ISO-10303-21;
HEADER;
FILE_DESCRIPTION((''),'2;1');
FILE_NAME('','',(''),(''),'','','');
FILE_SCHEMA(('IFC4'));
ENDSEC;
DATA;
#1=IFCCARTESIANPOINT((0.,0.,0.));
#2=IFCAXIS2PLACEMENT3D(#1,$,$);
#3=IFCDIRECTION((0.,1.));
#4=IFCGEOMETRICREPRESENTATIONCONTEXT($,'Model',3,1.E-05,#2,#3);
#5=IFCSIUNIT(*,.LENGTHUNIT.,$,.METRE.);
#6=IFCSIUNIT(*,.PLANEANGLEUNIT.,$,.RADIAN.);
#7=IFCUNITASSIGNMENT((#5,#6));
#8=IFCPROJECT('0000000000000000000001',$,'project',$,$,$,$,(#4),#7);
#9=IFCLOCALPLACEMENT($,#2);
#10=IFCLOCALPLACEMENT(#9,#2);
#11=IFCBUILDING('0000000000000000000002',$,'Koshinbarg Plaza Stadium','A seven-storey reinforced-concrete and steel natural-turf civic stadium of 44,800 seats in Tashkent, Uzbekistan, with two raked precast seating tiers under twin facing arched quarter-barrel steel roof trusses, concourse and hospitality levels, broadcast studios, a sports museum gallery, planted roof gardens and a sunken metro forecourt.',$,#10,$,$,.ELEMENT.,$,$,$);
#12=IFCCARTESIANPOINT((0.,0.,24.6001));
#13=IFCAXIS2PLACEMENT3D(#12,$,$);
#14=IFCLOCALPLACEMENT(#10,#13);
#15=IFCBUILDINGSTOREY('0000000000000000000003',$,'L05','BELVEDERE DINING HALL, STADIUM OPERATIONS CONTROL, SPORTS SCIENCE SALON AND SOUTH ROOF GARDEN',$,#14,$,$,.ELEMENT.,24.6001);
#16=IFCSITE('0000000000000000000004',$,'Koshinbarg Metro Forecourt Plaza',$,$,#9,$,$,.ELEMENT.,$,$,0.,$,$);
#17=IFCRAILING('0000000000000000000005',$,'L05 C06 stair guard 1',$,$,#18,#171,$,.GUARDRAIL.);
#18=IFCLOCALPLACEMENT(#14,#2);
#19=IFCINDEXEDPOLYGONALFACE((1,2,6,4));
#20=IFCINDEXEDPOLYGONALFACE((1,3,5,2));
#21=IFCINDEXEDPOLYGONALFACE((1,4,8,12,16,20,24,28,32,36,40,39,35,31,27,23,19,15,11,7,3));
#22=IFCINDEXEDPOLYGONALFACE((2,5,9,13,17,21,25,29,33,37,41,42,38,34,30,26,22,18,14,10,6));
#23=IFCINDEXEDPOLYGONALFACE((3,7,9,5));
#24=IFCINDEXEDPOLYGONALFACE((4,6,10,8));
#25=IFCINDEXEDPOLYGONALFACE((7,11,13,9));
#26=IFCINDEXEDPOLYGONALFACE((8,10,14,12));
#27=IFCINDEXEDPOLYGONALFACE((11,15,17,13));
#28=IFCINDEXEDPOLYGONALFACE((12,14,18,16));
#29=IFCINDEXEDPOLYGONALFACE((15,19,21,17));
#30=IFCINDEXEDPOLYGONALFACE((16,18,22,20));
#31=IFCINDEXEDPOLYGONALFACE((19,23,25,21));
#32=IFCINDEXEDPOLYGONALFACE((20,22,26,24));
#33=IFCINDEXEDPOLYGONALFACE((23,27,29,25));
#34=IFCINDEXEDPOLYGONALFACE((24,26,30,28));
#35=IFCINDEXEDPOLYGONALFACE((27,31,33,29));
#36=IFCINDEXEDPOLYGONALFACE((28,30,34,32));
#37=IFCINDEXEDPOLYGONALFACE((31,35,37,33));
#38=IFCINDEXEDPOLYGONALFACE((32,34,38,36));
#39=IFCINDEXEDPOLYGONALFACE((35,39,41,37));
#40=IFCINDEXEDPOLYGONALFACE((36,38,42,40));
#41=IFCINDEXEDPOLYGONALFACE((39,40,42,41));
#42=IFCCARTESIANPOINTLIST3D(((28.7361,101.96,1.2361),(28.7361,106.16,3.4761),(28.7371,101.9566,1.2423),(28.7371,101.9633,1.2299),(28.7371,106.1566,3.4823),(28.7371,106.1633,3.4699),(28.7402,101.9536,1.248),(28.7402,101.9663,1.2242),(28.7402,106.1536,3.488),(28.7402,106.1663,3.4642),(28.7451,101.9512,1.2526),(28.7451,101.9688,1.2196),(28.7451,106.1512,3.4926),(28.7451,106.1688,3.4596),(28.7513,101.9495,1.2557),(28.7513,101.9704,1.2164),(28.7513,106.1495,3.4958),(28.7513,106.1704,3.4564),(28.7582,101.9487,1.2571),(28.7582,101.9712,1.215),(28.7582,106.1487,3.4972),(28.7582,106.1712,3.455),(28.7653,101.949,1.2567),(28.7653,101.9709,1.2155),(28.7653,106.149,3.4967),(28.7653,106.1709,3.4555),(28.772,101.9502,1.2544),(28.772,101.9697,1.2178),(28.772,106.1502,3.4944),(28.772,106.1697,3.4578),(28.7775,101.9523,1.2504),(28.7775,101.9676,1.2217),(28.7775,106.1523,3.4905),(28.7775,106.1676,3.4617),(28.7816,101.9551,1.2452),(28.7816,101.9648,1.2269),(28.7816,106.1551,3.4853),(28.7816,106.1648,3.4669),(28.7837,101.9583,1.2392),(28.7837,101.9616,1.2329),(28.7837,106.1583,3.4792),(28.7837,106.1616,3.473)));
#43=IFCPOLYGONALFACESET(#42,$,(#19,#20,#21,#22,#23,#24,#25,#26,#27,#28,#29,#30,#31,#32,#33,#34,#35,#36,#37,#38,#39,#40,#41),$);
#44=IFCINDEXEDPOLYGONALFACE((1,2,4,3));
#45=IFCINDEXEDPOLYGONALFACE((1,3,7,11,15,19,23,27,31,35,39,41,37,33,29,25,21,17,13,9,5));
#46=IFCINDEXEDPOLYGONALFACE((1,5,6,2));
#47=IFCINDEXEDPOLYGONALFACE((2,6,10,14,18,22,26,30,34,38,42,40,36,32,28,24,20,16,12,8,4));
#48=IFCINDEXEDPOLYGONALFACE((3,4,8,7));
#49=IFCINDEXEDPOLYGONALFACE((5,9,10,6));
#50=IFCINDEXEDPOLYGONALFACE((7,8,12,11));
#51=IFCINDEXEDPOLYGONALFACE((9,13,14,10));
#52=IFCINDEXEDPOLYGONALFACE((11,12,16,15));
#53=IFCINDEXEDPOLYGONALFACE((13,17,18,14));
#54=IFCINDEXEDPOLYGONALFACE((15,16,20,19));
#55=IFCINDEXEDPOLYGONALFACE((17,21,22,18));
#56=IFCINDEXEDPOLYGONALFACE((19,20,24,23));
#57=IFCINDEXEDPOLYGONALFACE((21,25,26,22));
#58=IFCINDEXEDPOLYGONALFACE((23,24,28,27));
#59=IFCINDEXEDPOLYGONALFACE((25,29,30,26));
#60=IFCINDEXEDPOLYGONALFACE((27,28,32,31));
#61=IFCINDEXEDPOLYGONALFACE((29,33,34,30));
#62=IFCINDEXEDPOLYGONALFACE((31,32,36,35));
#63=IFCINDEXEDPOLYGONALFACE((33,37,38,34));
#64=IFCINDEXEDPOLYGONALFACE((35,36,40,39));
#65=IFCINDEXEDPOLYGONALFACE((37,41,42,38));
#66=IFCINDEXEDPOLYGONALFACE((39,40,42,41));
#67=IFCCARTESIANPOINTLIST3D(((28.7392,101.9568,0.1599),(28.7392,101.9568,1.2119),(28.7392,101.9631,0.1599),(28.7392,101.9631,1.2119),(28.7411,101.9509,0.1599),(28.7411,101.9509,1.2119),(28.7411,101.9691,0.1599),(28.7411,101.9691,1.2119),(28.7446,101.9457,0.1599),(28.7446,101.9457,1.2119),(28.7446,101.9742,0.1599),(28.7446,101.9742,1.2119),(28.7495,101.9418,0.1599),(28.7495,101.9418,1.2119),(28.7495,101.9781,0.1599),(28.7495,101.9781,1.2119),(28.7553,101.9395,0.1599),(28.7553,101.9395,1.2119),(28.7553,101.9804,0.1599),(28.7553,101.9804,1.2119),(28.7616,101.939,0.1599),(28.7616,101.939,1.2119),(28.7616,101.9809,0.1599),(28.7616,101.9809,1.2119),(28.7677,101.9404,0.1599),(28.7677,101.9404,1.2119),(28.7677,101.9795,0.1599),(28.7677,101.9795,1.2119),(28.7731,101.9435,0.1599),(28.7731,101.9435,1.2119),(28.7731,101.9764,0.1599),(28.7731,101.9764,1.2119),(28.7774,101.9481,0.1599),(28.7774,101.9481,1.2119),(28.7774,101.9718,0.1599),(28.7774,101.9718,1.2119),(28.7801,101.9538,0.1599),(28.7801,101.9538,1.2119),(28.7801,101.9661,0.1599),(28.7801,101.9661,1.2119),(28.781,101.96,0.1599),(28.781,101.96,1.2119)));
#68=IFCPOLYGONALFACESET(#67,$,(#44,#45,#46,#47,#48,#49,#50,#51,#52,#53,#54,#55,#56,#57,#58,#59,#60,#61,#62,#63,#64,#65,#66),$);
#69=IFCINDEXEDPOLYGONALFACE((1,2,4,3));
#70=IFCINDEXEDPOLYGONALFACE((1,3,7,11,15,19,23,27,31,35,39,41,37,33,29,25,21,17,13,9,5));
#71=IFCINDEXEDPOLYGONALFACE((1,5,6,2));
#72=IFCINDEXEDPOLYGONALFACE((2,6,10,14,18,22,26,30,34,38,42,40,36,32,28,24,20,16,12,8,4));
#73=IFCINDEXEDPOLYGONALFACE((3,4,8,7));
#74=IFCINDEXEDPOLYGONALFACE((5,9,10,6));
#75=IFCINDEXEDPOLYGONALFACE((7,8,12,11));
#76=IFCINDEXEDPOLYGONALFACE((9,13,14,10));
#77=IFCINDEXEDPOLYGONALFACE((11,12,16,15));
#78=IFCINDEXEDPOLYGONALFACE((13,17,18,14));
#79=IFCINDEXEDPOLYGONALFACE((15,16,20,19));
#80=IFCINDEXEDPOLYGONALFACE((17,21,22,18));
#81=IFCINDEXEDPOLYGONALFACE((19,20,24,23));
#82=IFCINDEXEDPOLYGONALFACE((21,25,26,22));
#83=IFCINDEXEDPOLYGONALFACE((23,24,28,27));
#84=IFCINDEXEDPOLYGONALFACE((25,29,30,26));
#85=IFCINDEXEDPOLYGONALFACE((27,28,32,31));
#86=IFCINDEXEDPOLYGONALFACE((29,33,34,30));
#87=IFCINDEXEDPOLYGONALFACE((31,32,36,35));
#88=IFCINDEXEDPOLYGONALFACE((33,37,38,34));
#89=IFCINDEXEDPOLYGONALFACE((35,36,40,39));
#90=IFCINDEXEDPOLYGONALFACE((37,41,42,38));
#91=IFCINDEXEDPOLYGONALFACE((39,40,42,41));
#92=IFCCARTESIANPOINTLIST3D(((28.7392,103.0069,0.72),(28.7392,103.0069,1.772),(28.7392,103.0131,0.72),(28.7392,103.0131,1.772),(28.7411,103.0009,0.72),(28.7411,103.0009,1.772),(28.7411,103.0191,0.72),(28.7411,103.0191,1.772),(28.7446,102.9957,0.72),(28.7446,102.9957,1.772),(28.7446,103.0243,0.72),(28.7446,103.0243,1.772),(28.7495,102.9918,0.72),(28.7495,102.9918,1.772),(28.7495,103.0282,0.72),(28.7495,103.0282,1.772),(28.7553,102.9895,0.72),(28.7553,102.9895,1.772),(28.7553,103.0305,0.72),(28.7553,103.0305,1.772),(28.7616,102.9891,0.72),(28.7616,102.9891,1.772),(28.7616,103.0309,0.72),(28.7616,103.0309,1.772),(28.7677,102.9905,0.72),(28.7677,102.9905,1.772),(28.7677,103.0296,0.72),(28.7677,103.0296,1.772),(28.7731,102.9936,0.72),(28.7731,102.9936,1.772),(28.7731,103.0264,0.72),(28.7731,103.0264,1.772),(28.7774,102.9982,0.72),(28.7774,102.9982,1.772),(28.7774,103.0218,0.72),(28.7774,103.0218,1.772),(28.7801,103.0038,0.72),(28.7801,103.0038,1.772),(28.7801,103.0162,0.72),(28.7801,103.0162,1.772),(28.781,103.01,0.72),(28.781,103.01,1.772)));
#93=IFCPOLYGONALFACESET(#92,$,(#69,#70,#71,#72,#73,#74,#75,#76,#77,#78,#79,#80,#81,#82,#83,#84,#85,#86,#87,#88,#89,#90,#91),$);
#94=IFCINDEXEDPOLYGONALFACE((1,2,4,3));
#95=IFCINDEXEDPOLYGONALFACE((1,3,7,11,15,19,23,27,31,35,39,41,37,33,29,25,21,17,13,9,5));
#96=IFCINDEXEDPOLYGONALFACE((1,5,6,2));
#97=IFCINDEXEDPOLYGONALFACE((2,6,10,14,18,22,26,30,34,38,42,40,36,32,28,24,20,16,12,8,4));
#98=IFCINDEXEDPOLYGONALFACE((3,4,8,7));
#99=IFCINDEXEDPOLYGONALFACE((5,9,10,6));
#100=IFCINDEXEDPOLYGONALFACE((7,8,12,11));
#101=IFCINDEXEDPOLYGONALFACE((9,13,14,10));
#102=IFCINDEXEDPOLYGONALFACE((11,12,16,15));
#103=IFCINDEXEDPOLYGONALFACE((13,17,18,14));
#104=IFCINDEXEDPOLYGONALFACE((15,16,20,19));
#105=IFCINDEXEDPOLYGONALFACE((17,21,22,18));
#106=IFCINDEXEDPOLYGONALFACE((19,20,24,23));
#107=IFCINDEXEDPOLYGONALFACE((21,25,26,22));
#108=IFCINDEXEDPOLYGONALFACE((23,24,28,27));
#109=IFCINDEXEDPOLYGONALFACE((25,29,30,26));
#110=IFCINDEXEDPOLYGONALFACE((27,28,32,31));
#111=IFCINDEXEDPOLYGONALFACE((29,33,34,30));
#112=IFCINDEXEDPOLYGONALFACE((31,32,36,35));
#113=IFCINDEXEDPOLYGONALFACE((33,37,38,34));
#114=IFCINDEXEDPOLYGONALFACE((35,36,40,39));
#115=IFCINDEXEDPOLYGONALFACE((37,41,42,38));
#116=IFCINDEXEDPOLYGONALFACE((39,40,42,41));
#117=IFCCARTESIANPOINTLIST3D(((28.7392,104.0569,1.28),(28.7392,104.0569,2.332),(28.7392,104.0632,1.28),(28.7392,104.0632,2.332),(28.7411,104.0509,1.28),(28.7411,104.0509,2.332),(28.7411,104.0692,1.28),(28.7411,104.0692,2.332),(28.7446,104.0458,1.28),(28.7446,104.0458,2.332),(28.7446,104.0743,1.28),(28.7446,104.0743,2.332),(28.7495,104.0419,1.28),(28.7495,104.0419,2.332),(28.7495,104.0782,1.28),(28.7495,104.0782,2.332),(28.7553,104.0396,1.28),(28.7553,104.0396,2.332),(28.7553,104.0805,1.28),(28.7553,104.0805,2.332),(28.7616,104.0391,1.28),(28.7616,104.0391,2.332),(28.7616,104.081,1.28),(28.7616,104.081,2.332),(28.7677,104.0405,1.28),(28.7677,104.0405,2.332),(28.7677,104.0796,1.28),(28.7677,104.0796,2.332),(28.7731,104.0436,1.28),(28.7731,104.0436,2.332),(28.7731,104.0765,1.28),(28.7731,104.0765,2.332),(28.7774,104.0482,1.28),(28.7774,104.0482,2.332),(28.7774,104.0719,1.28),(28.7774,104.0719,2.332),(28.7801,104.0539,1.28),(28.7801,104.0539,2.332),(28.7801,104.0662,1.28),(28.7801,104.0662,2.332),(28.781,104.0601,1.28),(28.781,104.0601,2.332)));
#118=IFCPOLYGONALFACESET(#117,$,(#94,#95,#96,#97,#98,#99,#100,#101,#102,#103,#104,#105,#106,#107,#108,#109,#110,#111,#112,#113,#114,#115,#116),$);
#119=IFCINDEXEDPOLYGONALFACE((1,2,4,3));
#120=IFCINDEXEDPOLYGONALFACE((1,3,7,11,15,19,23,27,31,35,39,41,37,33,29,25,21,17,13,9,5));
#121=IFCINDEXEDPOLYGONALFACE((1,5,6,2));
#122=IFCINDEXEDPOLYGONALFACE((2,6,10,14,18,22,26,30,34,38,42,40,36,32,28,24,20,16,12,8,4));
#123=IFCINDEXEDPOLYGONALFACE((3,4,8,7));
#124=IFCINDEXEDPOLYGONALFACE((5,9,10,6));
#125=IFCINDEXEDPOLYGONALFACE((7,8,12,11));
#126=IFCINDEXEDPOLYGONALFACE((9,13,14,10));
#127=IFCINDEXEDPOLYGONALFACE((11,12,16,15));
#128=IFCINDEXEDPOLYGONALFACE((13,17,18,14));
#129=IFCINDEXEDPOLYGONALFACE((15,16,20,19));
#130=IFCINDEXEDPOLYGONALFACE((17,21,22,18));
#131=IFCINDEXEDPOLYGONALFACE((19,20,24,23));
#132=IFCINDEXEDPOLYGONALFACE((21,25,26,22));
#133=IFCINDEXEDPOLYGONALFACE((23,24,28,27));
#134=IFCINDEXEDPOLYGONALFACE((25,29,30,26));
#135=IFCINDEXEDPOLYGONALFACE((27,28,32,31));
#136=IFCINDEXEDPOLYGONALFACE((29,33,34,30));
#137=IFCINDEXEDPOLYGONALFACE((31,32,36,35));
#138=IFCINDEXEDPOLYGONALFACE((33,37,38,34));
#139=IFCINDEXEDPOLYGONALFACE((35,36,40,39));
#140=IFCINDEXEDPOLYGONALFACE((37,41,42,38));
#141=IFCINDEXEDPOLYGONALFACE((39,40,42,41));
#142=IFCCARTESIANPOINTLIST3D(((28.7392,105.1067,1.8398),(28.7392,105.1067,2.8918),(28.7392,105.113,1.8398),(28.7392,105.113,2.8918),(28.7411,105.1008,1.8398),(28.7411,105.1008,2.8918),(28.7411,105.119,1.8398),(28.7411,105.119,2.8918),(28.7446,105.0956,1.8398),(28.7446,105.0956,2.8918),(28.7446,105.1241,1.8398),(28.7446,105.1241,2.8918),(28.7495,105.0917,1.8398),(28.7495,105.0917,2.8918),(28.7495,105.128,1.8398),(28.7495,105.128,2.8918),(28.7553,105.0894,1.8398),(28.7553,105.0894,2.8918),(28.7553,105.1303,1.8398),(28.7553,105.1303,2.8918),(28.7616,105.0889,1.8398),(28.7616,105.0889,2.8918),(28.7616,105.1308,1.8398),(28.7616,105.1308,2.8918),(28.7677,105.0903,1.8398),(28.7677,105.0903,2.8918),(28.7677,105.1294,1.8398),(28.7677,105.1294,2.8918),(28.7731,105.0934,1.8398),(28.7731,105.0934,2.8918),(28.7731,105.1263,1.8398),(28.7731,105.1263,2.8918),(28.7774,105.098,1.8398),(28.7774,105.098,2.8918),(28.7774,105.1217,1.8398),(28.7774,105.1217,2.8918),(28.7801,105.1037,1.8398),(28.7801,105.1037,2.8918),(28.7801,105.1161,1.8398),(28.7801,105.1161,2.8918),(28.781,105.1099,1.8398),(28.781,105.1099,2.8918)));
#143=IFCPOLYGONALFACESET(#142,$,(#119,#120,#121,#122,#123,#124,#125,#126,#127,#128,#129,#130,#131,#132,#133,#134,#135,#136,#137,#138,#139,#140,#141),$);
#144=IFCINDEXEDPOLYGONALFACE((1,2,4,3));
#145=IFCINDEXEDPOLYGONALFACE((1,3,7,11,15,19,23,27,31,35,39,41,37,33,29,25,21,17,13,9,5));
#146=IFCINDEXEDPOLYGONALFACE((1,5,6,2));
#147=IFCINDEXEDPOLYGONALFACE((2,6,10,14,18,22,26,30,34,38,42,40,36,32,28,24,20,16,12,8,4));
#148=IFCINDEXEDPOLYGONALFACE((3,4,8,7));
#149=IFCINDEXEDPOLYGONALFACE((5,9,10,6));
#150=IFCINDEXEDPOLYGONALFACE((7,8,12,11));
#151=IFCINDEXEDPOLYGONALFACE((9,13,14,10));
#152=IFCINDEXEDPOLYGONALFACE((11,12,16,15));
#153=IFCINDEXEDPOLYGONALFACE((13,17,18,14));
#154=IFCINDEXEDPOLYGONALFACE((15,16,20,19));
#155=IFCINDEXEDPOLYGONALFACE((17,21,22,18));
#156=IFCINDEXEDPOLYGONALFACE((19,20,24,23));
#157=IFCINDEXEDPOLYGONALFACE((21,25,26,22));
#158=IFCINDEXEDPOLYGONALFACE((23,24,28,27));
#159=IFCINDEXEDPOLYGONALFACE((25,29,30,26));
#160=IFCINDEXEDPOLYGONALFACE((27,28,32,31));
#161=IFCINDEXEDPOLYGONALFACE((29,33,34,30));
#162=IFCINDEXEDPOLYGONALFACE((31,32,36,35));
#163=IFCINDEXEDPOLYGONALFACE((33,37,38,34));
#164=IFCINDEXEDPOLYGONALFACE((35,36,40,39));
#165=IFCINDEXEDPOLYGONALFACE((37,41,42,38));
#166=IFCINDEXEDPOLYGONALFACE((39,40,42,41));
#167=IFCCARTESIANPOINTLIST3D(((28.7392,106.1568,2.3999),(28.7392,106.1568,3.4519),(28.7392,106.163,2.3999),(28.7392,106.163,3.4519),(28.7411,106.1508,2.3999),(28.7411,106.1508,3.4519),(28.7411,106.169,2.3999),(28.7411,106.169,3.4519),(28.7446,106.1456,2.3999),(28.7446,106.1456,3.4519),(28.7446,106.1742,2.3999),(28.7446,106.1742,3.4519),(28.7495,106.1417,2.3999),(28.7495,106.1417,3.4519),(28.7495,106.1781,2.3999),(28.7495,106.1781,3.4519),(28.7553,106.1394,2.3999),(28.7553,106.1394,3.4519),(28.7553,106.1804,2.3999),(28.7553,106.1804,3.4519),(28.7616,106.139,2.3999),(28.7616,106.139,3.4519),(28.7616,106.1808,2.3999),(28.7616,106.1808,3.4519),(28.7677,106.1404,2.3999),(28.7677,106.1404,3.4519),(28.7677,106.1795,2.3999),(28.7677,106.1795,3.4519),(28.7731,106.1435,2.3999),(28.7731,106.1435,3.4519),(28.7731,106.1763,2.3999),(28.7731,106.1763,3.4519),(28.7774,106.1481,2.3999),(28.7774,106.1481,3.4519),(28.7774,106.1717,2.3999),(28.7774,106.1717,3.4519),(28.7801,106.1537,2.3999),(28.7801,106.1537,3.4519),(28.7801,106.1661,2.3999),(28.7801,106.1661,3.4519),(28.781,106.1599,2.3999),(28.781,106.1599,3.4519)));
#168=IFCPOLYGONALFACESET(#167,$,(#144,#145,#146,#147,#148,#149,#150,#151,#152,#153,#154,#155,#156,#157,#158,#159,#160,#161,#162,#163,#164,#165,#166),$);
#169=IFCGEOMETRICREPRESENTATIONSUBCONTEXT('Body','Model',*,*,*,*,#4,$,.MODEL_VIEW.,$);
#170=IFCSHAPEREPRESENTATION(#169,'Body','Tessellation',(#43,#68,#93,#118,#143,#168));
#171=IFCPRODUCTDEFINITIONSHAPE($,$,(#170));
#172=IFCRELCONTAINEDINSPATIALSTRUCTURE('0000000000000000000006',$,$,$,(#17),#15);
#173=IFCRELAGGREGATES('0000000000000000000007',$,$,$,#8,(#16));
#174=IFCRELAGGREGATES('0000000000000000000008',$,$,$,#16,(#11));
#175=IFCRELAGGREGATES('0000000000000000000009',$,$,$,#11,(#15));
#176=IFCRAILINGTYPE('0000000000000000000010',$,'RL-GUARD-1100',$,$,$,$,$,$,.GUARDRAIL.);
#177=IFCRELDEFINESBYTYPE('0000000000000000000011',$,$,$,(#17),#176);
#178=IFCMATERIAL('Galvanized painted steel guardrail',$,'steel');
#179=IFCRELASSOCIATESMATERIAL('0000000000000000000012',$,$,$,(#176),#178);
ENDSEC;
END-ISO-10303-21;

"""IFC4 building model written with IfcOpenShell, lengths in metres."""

from ifc_helpers import new_model, si_unit, direction, frame, origin, origin_2d, place, context, subcontext, project, spatial, circle, extrude, material, type_object, element, save


model = new_model("IFC4")

# Units and contexts
model_context = context("Model", 3, precision=1e-05, world=origin(), true_north=direction((0.0, 1.0)))
body_context = subcontext(model_context, "Body", "Model", "MODEL_VIEW")
ifc_project = project(units=[si_unit("LENGTHUNIT", "METRE"), si_unit("PLANEANGLEUNIT", "RADIAN")], contexts=[model_context])

# Site, building, storey
site_placement = place(None, origin())
site = spatial("IfcSite", under=ifc_project, at=site_placement, Name="Koshinbarg Metro Forecourt Plaza", CompositionType="ELEMENT", RefElevation=0.0)
building_placement = place(site_placement, origin())
building = spatial("IfcBuilding", under=site, at=building_placement, Name="Koshinbarg Plaza Stadium", Description="A seven-storey reinforced-concrete and steel natural-turf civic stadium of 44,800 seats in Tashkent, Uzbekistan, with two raked precast seating tiers under twin facing arched quarter-barrel steel roof trusses, concourse and hospitality levels, broadcast studios, a sports museum gallery, planted roof gardens and a sunken metro forecourt.", CompositionType="ELEMENT")
storey_placement = place(building_placement, frame((0.0, 0.0, 24.6001)))
storey = spatial("IfcBuildingStorey", under=building, at=storey_placement, Name="L05", Description="BELVEDERE DINING HALL, STADIUM OPERATIONS CONTROL, SPORTS SCIENCE SALON AND SOUTH ROOF GARDEN", CompositionType="ELEMENT", Elevation=24.6001)

# Railing
ifc_material_1 = material(Name="Galvanized painted steel guardrail", Category="steel")
railing_type_1 = type_object("IfcRailingType", Name="RL-GUARD-1100", PredefinedType="GUARDRAIL", material=ifc_material_1)
railing_1_placement = place(storey_placement, frame((28.76, 101.96, 0.1599)))
element("IfcRailing", 1, at=railing_1_placement, inside=storey, type_object=railing_type_1, Name="L05 C06 stair guard 1", PredefinedType="GUARDRAIL", context=body_context, shape_type="SweptSolid", body=[
    extrude(circle(Radius=0.0239, at=origin_2d()), frame((0.0, 0.0, 1.0762), z_axis=(0.0, 0.882352, 0.470591), x_axis=(-1.0, 0.0, 0.0)), (0.0, 0.0, 1.0), 4.76),
    extrude(circle(Radius=0.021, at=origin_2d()), origin(), (0.0, 0.0, 1.0), 1.052),
    extrude(circle(Radius=0.021, at=origin_2d()), frame((0.0, 1.05, 0.5601)), (0.0, 0.0, 1.0), 1.052),
    extrude(circle(Radius=0.021, at=origin_2d()), frame((0.0, 2.1001, 1.1201)), (0.0, 0.0, 1.0), 1.052),
    extrude(circle(Radius=0.021, at=origin_2d()), frame((0.0, 3.1499, 1.6799)), (0.0, 0.0, 1.0), 1.052),
    extrude(circle(Radius=0.021, at=origin_2d()), frame((0.0, 4.2, 2.24)), (0.0, 0.0, 1.0), 1.052),
])

save(model, "model.ifc")
